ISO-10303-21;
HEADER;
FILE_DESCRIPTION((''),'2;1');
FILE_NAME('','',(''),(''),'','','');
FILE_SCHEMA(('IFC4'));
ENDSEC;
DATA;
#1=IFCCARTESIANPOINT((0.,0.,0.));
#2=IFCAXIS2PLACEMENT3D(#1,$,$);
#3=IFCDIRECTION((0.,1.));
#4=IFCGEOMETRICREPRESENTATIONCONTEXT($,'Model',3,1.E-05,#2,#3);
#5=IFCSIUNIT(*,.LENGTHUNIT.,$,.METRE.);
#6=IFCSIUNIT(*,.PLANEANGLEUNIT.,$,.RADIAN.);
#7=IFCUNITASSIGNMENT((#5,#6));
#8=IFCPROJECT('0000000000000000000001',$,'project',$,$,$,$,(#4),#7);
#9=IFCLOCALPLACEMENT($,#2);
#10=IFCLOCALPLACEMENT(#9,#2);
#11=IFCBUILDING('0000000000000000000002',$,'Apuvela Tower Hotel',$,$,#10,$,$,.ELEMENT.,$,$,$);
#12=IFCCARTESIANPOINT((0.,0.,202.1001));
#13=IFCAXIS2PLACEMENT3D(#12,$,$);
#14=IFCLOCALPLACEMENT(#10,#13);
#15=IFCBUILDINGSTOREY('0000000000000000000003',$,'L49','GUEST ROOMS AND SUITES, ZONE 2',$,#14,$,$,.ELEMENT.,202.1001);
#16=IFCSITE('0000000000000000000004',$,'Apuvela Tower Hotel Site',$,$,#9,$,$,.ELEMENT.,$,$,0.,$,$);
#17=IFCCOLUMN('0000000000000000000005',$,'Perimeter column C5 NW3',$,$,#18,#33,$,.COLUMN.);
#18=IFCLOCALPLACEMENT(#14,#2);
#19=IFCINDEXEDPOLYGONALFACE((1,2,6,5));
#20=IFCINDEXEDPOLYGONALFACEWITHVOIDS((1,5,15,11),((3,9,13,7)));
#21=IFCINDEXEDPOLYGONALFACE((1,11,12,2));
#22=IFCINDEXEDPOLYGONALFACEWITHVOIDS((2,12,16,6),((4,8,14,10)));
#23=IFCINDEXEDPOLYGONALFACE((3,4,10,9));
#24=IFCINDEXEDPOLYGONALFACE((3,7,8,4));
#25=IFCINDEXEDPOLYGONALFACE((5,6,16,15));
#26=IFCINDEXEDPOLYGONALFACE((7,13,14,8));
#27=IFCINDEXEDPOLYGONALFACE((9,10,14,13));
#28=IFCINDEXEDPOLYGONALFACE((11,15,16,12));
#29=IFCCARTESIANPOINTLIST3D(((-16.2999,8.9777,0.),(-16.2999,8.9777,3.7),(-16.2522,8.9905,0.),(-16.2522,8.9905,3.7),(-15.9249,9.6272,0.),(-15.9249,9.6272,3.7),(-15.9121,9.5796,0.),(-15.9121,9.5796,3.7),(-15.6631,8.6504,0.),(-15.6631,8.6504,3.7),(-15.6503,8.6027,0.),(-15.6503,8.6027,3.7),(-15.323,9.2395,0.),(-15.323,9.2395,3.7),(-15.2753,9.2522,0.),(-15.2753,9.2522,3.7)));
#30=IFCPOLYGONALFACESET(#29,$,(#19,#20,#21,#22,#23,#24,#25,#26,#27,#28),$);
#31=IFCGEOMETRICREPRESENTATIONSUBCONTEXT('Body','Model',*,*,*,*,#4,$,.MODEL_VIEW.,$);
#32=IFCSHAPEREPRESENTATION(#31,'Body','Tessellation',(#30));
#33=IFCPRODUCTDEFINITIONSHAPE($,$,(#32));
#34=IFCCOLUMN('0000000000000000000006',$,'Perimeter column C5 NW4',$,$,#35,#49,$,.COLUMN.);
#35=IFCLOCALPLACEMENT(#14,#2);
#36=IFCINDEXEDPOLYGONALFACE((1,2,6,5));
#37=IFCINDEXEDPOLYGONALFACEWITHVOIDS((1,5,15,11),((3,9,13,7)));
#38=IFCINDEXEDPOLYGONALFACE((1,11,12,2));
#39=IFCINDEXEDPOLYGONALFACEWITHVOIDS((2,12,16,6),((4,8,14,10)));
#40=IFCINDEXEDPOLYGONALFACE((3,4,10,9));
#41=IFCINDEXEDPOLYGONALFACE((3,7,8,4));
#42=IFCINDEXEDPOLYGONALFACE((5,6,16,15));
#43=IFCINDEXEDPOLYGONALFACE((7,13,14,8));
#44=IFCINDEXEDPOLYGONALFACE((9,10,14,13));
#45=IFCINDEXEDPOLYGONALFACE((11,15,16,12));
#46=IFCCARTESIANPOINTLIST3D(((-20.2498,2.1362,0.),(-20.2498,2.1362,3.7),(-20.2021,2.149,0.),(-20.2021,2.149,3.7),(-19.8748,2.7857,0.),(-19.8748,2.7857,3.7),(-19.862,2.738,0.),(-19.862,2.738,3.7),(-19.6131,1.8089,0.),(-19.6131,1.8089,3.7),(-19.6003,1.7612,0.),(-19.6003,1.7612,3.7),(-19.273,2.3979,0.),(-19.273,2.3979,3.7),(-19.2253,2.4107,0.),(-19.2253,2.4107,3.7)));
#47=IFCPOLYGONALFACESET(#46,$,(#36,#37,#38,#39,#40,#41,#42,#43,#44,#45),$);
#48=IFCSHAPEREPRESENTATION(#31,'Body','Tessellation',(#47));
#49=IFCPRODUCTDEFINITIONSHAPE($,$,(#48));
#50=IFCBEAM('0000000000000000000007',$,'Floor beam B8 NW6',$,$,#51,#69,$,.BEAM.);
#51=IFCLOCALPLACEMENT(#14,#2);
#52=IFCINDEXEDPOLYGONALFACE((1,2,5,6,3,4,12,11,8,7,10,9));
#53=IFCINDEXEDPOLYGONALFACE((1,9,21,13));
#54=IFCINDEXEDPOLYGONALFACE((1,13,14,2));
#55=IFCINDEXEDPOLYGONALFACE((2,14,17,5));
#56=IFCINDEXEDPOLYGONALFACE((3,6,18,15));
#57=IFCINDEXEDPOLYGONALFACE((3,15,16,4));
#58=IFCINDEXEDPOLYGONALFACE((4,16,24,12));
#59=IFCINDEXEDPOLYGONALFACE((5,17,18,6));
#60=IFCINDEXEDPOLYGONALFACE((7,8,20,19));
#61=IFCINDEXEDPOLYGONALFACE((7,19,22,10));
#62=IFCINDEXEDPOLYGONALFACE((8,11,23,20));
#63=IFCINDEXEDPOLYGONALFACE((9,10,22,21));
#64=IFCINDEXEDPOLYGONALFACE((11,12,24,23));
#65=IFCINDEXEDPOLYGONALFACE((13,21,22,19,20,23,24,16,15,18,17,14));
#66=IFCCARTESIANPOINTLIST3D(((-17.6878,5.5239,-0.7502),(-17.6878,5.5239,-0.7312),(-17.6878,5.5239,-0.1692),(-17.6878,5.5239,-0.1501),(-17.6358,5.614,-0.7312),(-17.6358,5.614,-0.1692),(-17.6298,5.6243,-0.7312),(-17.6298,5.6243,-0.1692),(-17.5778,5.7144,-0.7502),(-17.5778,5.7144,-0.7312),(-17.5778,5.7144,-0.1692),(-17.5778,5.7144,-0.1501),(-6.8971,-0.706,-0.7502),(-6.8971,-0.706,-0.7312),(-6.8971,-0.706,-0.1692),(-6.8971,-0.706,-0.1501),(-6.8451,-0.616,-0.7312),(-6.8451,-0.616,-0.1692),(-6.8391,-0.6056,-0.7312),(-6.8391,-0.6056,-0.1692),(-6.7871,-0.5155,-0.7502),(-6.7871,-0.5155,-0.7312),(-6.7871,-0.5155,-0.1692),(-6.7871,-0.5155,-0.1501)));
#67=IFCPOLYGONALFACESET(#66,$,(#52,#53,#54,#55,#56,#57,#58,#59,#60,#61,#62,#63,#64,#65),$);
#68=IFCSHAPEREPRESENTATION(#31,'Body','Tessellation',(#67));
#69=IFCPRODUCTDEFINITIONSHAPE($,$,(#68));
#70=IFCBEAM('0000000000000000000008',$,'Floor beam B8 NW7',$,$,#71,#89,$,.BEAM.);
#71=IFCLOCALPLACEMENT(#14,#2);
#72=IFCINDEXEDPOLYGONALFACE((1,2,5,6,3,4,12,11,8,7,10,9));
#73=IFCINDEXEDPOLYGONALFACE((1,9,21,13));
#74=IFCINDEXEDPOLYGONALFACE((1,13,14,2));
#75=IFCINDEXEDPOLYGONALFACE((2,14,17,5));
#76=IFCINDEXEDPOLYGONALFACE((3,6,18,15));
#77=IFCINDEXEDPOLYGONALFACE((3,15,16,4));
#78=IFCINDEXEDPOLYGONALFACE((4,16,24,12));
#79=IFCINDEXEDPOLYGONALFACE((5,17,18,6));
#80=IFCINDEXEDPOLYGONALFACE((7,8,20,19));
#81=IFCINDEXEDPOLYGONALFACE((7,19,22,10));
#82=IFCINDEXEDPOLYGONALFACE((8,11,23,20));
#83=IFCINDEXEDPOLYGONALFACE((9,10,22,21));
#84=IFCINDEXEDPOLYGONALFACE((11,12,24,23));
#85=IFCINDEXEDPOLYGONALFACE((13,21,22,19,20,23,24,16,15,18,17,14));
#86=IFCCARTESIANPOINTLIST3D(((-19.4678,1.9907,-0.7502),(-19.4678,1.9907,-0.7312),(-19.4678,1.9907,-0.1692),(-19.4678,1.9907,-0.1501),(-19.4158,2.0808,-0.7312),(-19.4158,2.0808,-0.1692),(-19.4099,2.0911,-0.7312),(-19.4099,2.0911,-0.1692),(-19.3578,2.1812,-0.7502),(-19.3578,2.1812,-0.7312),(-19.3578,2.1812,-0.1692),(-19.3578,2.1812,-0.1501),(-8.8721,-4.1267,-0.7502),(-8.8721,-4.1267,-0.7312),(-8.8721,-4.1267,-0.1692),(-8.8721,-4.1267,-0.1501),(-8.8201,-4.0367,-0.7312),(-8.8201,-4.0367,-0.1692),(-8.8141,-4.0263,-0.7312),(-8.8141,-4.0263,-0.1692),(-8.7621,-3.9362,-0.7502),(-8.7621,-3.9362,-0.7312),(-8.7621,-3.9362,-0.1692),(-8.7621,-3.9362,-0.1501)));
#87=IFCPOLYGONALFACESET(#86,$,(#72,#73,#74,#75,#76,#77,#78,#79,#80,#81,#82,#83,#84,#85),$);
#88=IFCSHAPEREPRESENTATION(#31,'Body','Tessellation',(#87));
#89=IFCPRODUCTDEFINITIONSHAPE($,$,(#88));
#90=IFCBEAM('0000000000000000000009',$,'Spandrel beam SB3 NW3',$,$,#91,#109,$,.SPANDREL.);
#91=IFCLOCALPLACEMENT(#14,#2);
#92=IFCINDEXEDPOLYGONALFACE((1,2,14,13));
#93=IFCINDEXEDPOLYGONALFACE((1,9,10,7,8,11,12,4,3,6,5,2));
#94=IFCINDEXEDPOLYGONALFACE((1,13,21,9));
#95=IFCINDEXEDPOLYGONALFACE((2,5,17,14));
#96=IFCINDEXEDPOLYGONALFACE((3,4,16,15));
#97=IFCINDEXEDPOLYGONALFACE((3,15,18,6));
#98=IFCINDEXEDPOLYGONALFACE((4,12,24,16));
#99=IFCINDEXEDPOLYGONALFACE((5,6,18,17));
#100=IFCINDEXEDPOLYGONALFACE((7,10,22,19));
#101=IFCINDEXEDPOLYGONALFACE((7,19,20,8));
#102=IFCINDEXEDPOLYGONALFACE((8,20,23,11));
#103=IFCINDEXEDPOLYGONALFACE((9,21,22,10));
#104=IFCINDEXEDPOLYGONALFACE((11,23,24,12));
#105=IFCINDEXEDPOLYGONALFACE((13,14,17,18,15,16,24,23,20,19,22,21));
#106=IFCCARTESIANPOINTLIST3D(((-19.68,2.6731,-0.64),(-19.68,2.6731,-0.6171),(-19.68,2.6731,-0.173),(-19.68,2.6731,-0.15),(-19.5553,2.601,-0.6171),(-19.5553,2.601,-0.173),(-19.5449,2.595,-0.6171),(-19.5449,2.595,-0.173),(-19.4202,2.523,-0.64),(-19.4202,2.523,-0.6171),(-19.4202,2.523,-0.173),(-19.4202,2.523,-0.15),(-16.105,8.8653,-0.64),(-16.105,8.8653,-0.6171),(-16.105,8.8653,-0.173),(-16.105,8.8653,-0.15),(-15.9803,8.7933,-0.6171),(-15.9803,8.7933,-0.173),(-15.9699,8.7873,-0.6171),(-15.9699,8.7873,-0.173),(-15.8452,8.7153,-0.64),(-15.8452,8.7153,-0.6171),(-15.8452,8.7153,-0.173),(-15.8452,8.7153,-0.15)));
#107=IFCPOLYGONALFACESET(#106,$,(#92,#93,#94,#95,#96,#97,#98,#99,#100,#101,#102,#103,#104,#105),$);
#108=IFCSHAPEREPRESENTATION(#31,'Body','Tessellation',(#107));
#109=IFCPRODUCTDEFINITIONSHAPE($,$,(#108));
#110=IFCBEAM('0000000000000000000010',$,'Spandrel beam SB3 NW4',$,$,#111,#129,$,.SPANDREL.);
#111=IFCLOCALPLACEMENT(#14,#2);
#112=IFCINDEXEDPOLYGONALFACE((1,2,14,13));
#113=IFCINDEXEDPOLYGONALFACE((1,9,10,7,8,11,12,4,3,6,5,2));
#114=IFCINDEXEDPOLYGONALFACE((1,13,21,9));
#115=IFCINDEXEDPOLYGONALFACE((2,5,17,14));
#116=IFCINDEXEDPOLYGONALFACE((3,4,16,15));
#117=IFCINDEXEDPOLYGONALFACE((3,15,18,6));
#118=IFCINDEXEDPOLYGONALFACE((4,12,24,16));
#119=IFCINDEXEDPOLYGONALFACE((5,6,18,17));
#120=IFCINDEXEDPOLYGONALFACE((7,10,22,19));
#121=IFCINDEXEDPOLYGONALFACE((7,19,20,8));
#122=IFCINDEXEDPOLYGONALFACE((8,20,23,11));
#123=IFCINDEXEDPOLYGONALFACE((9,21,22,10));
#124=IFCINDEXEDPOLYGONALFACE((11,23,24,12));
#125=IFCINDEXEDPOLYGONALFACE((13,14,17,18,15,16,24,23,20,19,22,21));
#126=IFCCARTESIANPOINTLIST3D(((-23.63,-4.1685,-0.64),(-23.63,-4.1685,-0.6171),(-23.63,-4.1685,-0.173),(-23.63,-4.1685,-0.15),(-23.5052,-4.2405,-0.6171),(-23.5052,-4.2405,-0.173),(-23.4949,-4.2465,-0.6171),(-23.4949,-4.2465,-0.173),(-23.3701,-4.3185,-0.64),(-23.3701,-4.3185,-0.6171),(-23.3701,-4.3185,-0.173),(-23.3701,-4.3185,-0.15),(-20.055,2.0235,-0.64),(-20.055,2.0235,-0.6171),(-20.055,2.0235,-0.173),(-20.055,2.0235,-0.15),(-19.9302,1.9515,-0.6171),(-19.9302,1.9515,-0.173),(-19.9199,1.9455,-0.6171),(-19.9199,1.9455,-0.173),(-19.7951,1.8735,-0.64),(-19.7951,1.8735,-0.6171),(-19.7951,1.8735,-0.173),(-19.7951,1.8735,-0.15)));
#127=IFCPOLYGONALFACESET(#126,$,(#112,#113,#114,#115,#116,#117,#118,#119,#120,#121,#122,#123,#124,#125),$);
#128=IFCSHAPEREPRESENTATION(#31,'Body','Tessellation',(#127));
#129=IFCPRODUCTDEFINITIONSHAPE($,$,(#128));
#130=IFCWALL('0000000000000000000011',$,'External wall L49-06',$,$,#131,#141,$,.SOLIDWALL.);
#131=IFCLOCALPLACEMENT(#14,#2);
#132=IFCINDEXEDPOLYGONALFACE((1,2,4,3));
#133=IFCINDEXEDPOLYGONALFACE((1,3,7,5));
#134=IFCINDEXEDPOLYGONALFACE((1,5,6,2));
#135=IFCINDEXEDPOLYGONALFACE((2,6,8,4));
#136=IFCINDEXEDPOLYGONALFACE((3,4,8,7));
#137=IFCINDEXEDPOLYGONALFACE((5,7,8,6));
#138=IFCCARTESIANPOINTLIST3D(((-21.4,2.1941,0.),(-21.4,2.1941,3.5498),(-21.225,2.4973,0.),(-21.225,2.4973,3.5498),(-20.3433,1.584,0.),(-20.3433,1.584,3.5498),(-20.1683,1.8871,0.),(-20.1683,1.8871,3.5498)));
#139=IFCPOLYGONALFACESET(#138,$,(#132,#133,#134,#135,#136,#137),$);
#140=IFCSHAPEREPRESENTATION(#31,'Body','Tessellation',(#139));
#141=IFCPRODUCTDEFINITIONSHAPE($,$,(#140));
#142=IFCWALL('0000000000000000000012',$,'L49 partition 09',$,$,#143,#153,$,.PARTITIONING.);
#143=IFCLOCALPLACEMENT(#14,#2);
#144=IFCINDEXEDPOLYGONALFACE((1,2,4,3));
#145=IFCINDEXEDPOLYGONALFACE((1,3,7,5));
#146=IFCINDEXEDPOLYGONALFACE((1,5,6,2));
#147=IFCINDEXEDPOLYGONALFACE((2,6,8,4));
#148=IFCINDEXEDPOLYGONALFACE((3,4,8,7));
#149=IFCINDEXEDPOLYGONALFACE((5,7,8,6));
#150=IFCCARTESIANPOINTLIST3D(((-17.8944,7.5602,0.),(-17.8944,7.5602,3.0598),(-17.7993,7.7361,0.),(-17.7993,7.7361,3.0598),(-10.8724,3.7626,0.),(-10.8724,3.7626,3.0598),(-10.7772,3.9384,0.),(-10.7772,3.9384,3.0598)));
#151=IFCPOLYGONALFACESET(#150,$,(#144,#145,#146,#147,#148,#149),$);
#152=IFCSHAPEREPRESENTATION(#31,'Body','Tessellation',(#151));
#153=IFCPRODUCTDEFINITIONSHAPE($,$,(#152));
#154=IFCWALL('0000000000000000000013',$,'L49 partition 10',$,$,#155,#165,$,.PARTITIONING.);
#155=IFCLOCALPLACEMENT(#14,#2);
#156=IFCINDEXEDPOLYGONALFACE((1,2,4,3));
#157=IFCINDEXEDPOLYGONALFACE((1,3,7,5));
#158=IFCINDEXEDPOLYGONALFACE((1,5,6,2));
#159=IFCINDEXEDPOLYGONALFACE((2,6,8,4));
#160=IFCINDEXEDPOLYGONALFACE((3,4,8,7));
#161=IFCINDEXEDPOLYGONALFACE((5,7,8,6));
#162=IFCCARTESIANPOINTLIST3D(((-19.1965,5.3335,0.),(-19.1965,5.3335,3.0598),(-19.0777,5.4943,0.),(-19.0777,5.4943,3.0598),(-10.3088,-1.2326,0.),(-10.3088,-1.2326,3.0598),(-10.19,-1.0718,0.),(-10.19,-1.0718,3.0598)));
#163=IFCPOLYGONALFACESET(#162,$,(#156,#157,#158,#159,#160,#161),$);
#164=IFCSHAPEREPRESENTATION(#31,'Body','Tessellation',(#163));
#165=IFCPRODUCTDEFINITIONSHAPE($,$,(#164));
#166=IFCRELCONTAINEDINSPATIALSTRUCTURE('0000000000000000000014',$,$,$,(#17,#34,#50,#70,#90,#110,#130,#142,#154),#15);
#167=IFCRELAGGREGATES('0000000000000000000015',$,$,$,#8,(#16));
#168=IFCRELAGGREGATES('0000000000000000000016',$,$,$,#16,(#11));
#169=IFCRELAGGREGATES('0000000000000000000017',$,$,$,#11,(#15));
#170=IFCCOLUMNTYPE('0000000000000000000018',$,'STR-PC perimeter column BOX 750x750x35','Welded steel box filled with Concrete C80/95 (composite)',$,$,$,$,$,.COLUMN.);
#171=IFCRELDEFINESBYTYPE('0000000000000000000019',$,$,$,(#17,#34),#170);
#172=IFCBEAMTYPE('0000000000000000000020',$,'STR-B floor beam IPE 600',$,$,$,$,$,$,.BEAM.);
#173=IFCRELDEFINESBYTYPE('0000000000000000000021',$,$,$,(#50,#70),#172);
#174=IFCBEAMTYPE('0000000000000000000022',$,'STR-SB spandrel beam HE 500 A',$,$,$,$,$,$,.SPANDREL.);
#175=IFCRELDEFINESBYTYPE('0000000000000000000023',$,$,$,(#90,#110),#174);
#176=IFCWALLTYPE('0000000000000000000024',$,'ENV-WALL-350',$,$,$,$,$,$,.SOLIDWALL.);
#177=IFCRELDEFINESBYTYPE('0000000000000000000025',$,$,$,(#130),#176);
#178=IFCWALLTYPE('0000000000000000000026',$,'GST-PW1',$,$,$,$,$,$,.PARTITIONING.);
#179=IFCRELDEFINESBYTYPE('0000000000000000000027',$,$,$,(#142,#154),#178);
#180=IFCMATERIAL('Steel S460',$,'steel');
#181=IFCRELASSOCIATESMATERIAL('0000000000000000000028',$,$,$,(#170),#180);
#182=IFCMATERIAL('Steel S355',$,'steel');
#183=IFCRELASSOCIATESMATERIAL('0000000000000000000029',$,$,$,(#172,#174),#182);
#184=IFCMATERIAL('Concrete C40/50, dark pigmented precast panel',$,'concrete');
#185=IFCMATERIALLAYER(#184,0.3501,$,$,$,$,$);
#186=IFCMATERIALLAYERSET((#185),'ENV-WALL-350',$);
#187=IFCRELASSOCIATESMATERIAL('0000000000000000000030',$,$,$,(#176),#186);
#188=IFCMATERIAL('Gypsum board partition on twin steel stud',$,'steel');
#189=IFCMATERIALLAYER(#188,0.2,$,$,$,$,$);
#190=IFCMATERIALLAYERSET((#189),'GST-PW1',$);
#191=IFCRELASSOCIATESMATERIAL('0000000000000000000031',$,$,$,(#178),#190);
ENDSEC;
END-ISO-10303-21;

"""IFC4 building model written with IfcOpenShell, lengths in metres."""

from ifc_helpers import new_model, si_unit, direction, frame, frame_2d, origin, origin_2d, place, context, subcontext, project, spatial, rectangle, hollow_rectangle, i_section, extrude, material, layer, layer_set, material_profile, profile_set, type_object, element, save


model = new_model("IFC4")

# Units and contexts
model_context = context("Model", 3, precision=1e-05, world=origin(), true_north=direction((0.0, 1.0)))
body_context = subcontext(model_context, "Body", "Model", "MODEL_VIEW")
ifc_project = project(units=[si_unit("LENGTHUNIT", "METRE"), si_unit("PLANEANGLEUNIT", "RADIAN")], contexts=[model_context])

# Site, building, storey
site_placement = place(None, origin())
site = spatial("IfcSite", under=ifc_project, at=site_placement, Name="Apuvela Tower Hotel Site", CompositionType="ELEMENT", RefElevation=0.0)
building_placement = place(site_placement, origin())
building = spatial("IfcBuilding", under=site, at=building_placement, Name="Apuvela Tower Hotel", CompositionType="ELEMENT")
storey_placement = place(building_placement, frame((0.0, 0.0, 202.1001)))
storey = spatial("IfcBuildingStorey", under=building, at=storey_placement, Name="L49", Description="GUEST ROOMS AND SUITES, ZONE 2", CompositionType="ELEMENT", Elevation=202.1001)

# Columns
ifc_material_1 = material(Name="Steel S460", Category="steel")
ifc_material_profile_1 = material_profile(ifc_material_1, hollow_rectangle(XDim=0.75, YDim=0.75, WallThickness=0.0349, at=origin_2d()), Name="BOX 750x750x35")
ifc_material_2 = material(Name="Concrete C80/95", Category="concrete")
ifc_material_profile_2 = material_profile(ifc_material_2, rectangle(XDim=0.6799, YDim=0.6799, at=origin_2d()), Name="Concrete C80/95 infill")
ifc_profile_set_1 = profile_set([ifc_material_profile_1, ifc_material_profile_2], Name="Steel S460")
column_type = type_object("IfcColumnType", Name="STR-PC perimeter column BOX 750x750x35", Description="Welded steel box filled with Concrete C80/95 (composite)", PredefinedType="COLUMN", material=ifc_profile_set_1)
for number, where, z_axis, x_axis, name in (
    (1, (-15.7876, 9.115, 0.0), (0.0, 0.0, 1.0), (0.5, 0.866025, 0.0), "Perimeter column C5 NW3"),
    (2, (-19.7375, 2.2734, 0.0), (0.0, 0.0, 1.0), (0.5, 0.866025, 0.0), "Perimeter column C5 NW4"),
):
    element("IfcColumn", number, at=place(storey_placement, frame(where, z_axis=z_axis, x_axis=x_axis)), inside=storey, type_object=column_type, Name=name, PredefinedType="COLUMN", context=body_context, shape_type="SweptSolid", body=[
        extrude(hollow_rectangle(XDim=0.75, YDim=0.75, WallThickness=0.0349, at=origin_2d()), origin(), (0.0, 0.0, 1.0), 3.7),
    ])

# Beams
ifc_material_3 = material(Name="Steel S355", Category="steel")
ifc_material_profile_3 = material_profile(ifc_material_3, i_section(OverallWidth=0.22, OverallDepth=0.6001, WebThickness=0.012, FlangeThickness=0.019, at=origin_2d()), Name="IPE 600")
ifc_profile_set_2 = profile_set([ifc_material_profile_3], Name="Steel S355")
beam_type_1 = type_object("IfcBeamType", Name="STR-B floor beam IPE 600", PredefinedType="BEAM", material=ifc_profile_set_2)
beam_1_placement = place(storey_placement, frame((-17.6328, 5.6191, -0.4502), z_axis=(0.866028, -0.499996, 0.0), x_axis=(0.499996, 0.866028, 0.0)))
element("IfcBeam", 3, at=beam_1_placement, inside=storey, type_object=beam_type_1, Name="Floor beam B8 NW6", PredefinedType="BEAM", context=body_context, shape_type="SweptSolid", body=[
    extrude(i_section(OverallWidth=0.22, OverallDepth=0.6001, WebThickness=0.012, FlangeThickness=0.019, at=origin_2d()), origin(), (0.0, 0.0, 1.0), 12.46),
])
beam_2_placement = place(storey_placement, frame((-19.4128, 2.0859, -0.4502), z_axis=(0.866025, -0.5, 0.0), x_axis=(0.5, 0.866025, 0.0)))
element("IfcBeam", 4, at=beam_2_placement, inside=storey, type_object=beam_type_1, Name="Floor beam B8 NW7", PredefinedType="BEAM", context=body_context, shape_type="SweptSolid", body=[
    extrude(i_section(OverallWidth=0.22, OverallDepth=0.6001, WebThickness=0.012, FlangeThickness=0.019, at=origin_2d()), origin(), (0.0, 0.0, 1.0), 12.2349),
])
ifc_material_profile_4 = material_profile(ifc_material_3, i_section(OverallWidth=0.3, OverallDepth=0.49, WebThickness=0.012, FlangeThickness=0.0229, at=origin_2d()), Name="HE 500 A")
ifc_profile_set_3 = profile_set([ifc_material_profile_4], Name="Steel S355")
beam_type_2 = type_object("IfcBeamType", Name="STR-SB spandrel beam HE 500 A", PredefinedType="SPANDREL", material=ifc_profile_set_3)
beam_3_placement = place(storey_placement, frame((-15.9751, 8.7903, -0.395), z_axis=(-0.499991, -0.86603, 0.0), x_axis=(0.86603, -0.499991, 0.0)))
element("IfcBeam", 5, at=beam_3_placement, inside=storey, type_object=beam_type_2, Name="Spandrel beam SB3 NW3", PredefinedType="SPANDREL", context=body_context, shape_type="SweptSolid", body=[
    extrude(i_section(OverallWidth=0.3, OverallDepth=0.49, WebThickness=0.012, FlangeThickness=0.0229, at=origin_2d()), origin(), (0.0, 0.0, 1.0), 7.1501),
])
beam_4_placement = place(storey_placement, frame((-19.925, 1.9485, -0.395), z_axis=(-0.500006, -0.866022, 0.0), x_axis=(0.866022, -0.500006, 0.0)))
element("IfcBeam", 6, at=beam_4_placement, inside=storey, type_object=beam_type_2, Name="Spandrel beam SB3 NW4", PredefinedType="SPANDREL", context=body_context, shape_type="SweptSolid", body=[
    extrude(i_section(OverallWidth=0.3, OverallDepth=0.49, WebThickness=0.012, FlangeThickness=0.0229, at=origin_2d()), origin(), (0.0, 0.0, 1.0), 7.1499),
])

# Shared definitions
ifc_material_4 = material(Name="Concrete C40/50, dark pigmented precast panel", Category="concrete")
ifc_layer_1 = layer(ifc_material_4, 0.3501)
ifc_layer_set_1 = layer_set([ifc_layer_1], Name="ENV-WALL-350")
wall_type_1 = type_object("IfcWallType", Name="ENV-WALL-350", PredefinedType="SOLIDWALL", material=ifc_layer_set_1)

# Wall
wall_1_placement = place(storey_placement, frame((-21.3125, 2.3457, 0.0), z_axis=(0.0, 0.0, 1.0), x_axis=(0.866006, -0.500034, 0.0)))
element("IfcWall", 7, at=wall_1_placement, inside=storey, type_object=wall_type_1, Name="External wall L49-06", PredefinedType="SOLIDWALL", context=body_context, shape_type="SweptSolid", body=[
    extrude(rectangle(XDim=1.2202, YDim=0.3501, at=frame_2d((0.6101, 0.0))), origin(), (0.0, 0.0, 1.0), 3.5498),
])

# Walls
ifc_material_5 = material(Name="Gypsum board partition on twin steel stud", Category="steel")
ifc_layer_2 = layer(ifc_material_5, 0.2)
ifc_layer_set_2 = layer_set([ifc_layer_2], Name="GST-PW1")
wall_type_2 = type_object("IfcWallType", Name="GST-PW1", PredefinedType="PARTITIONING", material=ifc_layer_set_2)
wall_2_placement = place(storey_placement, frame((-17.8469, 7.6482, 0.0), z_axis=(0.0, 0.0, 1.0), x_axis=(0.879604, -0.475706, 0.0)))
element("IfcWall", 8, at=wall_2_placement, inside=storey, type_object=wall_type_2, Name="L49 partition 09", PredefinedType="PARTITIONING", context=body_context, shape_type="SweptSolid", body=[
    extrude(rectangle(XDim=7.9832, YDim=0.2, at=frame_2d((3.9917, 0.0))), origin(), (0.0, 0.0, 1.0), 3.0598),
])
wall_3_placement = place(storey_placement, frame((-19.137, 5.4138, 0.0), z_axis=(0.0, 0.0, 1.0), x_axis=(0.804306, -0.594215, 0.0)))
element("IfcWall", 9, at=wall_3_placement, inside=storey, type_object=wall_type_2, Name="L49 partition 10", PredefinedType="PARTITIONING", context=body_context, shape_type="SweptSolid", body=[
    extrude(rectangle(XDim=11.05, YDim=0.2, at=frame_2d((5.5249, 0.0))), origin(), (0.0, 0.0, 1.0), 3.0598),
])

save(model, "model.ifc")
